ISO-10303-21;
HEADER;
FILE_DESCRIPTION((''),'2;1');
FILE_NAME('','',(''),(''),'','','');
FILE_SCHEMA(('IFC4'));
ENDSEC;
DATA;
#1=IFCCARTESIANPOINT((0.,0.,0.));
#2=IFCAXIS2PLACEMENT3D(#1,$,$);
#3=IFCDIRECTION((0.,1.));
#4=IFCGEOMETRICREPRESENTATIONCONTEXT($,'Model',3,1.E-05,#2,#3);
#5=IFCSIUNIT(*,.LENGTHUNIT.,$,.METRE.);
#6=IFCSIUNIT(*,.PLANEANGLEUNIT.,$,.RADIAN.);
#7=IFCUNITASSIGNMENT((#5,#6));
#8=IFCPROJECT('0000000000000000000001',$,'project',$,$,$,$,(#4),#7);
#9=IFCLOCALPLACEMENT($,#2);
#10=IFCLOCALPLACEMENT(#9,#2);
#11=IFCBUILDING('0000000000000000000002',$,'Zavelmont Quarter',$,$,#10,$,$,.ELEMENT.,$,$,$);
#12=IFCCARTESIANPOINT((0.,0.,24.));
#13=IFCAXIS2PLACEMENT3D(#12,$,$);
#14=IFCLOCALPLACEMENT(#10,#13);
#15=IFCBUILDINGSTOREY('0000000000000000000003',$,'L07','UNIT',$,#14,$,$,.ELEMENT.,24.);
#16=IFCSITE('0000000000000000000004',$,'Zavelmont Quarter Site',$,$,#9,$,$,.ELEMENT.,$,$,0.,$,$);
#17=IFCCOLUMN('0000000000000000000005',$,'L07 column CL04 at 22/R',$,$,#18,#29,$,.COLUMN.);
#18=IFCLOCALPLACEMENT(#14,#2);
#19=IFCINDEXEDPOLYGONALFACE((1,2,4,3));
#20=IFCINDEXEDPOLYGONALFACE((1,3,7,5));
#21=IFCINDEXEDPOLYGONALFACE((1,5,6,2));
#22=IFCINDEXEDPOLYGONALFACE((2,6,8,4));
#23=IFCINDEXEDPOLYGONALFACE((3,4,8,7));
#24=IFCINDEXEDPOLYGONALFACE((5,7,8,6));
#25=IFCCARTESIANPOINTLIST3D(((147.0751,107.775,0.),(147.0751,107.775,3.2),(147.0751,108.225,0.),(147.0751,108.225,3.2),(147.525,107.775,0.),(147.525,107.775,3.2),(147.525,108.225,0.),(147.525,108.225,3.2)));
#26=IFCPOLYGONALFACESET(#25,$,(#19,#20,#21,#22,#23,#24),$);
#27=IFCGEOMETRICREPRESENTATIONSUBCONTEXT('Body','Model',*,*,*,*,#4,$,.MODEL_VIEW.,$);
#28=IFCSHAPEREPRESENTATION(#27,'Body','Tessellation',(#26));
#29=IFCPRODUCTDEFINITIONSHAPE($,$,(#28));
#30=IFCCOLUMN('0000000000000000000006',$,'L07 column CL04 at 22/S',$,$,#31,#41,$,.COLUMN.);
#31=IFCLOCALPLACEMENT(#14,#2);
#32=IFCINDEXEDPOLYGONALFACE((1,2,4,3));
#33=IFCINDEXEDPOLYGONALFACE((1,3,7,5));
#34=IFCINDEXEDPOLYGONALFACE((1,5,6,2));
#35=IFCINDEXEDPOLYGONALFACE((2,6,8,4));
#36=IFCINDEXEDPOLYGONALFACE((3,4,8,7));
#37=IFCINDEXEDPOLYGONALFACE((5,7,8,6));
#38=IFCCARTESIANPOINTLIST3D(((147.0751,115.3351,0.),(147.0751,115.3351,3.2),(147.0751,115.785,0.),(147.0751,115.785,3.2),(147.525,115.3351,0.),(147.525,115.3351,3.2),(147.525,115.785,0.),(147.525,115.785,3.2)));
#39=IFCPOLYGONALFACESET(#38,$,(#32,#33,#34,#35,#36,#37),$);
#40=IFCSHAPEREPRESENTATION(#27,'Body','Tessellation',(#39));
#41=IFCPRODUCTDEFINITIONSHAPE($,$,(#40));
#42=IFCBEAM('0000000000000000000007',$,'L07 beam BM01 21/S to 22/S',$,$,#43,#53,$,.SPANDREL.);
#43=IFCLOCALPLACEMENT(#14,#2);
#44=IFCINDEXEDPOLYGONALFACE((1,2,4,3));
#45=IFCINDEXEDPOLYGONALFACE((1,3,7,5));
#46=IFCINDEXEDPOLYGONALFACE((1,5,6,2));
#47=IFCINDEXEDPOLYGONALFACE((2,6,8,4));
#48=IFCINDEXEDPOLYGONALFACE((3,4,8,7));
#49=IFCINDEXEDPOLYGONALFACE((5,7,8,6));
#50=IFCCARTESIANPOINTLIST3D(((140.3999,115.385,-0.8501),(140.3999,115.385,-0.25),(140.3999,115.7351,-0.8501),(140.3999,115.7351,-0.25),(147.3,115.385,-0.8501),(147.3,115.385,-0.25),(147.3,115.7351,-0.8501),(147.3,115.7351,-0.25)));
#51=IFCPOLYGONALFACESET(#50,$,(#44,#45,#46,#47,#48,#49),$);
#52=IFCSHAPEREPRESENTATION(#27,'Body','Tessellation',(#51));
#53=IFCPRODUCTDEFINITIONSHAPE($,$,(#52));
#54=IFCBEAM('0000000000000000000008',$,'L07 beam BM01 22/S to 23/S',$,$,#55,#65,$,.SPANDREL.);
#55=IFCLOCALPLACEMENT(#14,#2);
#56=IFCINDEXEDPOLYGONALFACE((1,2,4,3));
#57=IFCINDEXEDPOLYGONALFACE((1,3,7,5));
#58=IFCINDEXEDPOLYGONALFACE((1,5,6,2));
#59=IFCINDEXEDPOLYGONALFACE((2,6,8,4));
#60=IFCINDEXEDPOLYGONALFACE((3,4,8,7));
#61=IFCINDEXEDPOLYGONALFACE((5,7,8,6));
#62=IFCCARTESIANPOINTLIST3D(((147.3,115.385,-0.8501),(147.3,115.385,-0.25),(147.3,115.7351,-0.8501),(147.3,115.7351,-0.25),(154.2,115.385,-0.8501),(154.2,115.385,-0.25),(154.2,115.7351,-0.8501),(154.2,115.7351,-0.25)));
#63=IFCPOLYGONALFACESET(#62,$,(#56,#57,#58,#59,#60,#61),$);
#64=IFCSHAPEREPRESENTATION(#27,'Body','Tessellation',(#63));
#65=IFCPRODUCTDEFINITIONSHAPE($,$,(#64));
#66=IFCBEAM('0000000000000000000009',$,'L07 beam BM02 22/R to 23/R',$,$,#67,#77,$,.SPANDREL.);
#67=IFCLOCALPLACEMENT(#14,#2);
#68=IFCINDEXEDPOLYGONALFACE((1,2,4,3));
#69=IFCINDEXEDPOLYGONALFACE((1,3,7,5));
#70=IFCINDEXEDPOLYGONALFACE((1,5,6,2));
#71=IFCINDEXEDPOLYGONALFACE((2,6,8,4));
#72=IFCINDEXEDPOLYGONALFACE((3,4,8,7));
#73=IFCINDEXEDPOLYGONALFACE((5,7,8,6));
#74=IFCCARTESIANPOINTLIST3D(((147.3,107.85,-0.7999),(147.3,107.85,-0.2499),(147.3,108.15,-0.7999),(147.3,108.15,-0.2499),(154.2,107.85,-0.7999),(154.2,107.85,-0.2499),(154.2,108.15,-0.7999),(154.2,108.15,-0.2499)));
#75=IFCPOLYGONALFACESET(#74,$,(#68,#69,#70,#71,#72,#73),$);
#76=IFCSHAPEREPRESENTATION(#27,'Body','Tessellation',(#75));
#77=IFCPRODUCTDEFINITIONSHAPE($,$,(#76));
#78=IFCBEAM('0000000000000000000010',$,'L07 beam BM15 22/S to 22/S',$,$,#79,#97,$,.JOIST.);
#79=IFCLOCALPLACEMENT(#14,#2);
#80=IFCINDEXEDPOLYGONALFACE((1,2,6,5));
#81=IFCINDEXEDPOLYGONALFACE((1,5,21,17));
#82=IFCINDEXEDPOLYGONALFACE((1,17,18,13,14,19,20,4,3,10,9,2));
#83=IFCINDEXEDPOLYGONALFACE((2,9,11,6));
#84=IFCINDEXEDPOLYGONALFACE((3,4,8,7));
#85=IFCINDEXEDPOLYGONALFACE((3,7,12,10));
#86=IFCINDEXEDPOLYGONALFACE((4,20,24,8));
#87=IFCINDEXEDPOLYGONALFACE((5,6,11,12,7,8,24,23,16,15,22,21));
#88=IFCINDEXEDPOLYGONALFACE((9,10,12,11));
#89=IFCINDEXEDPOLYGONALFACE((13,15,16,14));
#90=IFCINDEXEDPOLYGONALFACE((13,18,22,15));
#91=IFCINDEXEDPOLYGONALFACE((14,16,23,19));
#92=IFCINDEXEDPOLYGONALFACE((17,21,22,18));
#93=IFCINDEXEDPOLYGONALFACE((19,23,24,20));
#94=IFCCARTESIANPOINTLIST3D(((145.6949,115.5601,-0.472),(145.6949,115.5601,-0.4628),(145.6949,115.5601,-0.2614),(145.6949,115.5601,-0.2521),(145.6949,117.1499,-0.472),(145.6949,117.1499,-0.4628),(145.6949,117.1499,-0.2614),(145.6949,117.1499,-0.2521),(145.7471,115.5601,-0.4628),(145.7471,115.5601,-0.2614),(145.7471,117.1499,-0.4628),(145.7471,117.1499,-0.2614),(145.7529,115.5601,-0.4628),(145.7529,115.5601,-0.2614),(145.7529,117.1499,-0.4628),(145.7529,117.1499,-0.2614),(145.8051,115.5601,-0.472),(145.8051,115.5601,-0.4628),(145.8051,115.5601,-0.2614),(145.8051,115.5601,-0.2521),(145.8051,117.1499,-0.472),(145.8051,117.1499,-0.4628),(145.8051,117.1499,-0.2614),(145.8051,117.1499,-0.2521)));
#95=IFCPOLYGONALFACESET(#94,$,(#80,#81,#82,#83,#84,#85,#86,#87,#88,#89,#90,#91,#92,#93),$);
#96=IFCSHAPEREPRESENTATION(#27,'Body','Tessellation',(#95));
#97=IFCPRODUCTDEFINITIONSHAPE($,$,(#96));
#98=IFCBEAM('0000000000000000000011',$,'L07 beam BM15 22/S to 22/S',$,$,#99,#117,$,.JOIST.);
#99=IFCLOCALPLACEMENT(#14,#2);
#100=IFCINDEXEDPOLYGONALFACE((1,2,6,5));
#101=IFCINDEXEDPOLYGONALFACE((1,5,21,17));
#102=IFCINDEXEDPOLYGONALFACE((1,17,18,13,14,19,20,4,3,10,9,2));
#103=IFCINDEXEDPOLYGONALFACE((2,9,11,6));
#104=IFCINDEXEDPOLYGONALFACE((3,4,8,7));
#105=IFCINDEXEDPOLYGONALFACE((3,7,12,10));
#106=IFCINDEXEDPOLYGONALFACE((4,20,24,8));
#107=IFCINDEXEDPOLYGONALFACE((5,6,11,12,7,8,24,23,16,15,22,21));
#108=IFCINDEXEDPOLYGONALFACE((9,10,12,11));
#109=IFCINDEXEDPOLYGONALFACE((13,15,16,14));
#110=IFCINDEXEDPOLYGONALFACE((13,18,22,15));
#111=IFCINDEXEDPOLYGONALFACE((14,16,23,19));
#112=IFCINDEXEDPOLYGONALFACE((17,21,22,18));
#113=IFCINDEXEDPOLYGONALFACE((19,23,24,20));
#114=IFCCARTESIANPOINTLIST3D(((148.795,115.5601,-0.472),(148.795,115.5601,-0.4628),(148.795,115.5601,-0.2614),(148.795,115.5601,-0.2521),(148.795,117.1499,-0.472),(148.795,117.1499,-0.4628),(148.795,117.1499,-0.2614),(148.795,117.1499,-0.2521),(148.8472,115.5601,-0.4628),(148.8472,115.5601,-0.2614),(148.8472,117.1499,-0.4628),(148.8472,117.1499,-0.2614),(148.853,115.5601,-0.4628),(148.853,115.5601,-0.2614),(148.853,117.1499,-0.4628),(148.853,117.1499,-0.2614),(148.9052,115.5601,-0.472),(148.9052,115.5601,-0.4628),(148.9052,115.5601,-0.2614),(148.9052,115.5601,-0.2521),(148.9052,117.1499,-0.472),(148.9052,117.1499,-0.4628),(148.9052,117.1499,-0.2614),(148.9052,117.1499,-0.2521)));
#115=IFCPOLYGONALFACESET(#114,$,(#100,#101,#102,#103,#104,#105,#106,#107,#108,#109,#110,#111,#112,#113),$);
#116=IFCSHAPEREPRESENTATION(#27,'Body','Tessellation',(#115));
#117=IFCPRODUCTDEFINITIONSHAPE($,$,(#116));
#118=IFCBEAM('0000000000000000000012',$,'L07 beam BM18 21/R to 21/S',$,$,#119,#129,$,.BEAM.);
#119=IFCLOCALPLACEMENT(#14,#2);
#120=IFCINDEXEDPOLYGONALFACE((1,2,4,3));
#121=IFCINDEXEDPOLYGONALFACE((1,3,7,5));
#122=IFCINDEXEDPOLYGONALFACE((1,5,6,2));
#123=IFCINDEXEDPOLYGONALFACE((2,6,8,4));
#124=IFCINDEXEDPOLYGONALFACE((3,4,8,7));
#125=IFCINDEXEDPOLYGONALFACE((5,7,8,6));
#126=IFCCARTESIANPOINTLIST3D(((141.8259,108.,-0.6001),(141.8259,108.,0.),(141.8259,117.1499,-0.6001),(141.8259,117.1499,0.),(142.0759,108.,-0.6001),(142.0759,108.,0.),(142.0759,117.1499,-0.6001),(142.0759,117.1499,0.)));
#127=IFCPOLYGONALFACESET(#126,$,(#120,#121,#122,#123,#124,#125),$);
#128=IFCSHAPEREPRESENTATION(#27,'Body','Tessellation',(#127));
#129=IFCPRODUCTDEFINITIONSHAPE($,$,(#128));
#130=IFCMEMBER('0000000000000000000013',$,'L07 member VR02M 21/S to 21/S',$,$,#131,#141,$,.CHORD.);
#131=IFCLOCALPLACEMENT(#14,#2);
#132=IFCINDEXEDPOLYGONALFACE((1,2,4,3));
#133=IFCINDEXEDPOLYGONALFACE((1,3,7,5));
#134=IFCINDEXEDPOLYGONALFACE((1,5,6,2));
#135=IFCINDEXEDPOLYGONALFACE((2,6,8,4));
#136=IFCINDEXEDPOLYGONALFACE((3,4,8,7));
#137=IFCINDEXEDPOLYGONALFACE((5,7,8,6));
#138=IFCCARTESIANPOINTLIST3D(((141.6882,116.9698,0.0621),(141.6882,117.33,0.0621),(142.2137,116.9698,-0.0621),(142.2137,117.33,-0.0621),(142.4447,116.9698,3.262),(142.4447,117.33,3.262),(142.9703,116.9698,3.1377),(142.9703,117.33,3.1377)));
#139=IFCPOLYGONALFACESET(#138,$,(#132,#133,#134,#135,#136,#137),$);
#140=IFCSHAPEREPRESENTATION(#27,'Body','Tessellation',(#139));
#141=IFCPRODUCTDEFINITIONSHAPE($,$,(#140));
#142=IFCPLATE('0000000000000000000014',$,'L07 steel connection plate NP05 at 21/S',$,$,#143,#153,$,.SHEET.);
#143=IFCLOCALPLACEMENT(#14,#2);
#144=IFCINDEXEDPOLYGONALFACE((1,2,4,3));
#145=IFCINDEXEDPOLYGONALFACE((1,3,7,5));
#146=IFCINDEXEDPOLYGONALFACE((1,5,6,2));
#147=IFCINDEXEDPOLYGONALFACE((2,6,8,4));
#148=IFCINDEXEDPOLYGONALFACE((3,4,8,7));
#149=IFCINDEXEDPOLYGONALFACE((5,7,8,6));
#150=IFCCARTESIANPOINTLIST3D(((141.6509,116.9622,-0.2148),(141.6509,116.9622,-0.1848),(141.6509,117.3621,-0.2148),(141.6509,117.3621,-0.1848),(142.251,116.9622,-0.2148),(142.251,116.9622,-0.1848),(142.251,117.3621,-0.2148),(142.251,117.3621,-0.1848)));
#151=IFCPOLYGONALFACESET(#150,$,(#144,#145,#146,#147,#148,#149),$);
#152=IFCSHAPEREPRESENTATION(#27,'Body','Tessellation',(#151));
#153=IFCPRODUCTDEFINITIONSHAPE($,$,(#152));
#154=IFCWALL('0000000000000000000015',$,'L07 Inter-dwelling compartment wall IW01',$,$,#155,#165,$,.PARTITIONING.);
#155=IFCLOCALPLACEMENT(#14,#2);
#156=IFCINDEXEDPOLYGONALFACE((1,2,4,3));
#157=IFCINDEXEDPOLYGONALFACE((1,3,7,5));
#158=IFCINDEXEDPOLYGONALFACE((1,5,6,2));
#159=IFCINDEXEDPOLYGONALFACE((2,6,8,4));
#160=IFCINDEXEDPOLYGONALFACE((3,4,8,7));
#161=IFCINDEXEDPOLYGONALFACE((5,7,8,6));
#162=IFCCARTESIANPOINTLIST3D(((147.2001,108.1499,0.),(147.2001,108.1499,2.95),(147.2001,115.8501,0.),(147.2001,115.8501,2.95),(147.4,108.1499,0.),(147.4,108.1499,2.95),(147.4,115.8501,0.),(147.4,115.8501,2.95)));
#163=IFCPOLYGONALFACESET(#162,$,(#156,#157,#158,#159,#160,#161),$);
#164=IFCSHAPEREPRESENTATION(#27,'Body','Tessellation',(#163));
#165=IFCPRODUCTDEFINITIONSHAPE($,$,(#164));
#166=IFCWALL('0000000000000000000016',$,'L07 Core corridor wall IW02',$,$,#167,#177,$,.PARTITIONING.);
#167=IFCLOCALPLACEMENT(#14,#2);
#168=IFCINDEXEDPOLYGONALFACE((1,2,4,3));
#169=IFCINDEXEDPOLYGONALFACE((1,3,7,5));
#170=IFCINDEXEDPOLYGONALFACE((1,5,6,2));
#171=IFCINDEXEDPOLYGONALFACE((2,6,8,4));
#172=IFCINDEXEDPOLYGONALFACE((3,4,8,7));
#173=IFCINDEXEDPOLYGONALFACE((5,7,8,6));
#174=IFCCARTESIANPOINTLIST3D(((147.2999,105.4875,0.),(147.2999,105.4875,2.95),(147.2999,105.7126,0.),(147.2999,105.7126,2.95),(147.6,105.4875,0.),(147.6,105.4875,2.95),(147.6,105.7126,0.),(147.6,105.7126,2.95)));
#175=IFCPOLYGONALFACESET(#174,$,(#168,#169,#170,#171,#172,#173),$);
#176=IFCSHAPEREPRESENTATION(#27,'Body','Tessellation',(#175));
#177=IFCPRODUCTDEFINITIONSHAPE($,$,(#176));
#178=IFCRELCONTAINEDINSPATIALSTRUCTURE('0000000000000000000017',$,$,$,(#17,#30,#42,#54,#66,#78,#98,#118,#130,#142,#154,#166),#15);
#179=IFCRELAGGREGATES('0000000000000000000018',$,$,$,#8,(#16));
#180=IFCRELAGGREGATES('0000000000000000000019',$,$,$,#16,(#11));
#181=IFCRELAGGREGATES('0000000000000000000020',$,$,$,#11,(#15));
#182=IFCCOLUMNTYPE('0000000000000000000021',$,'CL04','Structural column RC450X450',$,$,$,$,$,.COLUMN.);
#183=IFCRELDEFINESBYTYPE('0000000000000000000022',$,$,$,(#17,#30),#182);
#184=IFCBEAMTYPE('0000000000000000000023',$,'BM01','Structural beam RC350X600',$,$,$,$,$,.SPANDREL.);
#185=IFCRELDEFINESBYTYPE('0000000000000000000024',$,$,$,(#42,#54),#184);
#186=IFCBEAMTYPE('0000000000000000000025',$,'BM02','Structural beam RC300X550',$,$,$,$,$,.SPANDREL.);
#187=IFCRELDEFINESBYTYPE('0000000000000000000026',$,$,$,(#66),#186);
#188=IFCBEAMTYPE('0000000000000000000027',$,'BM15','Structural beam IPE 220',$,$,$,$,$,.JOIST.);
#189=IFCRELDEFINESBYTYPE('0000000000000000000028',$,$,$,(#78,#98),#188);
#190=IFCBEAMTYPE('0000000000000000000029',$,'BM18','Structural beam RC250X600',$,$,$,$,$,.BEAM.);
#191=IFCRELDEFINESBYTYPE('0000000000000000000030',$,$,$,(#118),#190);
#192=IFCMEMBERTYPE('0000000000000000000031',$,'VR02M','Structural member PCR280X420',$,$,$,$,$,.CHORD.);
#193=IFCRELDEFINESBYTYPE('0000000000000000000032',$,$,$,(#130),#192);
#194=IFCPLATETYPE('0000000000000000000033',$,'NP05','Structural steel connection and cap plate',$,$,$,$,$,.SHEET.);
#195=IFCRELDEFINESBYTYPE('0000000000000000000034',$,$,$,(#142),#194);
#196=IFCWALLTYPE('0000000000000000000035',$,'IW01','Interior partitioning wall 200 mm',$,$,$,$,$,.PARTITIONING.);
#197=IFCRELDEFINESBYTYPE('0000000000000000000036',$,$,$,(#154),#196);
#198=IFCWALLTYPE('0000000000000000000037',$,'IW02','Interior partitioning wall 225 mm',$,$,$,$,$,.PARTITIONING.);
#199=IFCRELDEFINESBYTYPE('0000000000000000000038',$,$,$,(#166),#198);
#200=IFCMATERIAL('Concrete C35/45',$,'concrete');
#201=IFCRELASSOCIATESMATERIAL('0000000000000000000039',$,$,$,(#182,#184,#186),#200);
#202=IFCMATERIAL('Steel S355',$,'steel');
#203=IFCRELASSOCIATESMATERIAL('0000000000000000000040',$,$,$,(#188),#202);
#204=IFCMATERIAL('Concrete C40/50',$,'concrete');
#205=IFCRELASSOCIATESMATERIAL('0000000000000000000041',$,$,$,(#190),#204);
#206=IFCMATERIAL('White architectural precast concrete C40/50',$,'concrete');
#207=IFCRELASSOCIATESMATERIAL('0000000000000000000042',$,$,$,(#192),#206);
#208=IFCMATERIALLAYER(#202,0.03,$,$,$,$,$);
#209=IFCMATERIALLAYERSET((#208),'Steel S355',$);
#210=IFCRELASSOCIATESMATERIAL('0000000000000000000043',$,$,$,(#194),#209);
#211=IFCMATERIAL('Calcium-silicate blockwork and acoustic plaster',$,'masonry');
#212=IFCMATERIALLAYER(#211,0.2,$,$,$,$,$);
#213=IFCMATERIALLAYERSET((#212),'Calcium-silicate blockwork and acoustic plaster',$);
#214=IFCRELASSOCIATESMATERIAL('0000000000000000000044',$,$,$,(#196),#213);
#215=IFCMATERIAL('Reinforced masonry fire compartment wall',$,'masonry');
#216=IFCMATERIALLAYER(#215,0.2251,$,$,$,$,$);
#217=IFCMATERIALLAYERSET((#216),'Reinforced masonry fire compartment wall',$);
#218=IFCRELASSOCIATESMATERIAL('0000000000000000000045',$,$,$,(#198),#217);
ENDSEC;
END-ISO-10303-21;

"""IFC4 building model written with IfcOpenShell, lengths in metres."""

from ifc_helpers import new_model, si_unit, direction, frame, frame_2d, origin, origin_2d, place, context, subcontext, project, spatial, rectangle, i_section, extrude, material, layer, layer_set, material_profile, profile_set, type_object, element, save


model = new_model("IFC4")

# Units and contexts
model_context = context("Model", 3, precision=1e-05, world=origin(), true_north=direction((0.0, 1.0)))
body_context = subcontext(model_context, "Body", "Model", "MODEL_VIEW")
ifc_project = project(units=[si_unit("LENGTHUNIT", "METRE"), si_unit("PLANEANGLEUNIT", "RADIAN")], contexts=[model_context])

# Site, building, storey
site_placement = place(None, origin())
site = spatial("IfcSite", under=ifc_project, at=site_placement, Name="Zavelmont Quarter Site", CompositionType="ELEMENT", RefElevation=0.0)
building_placement = place(site_placement, origin())
building = spatial("IfcBuilding", under=site, at=building_placement, Name="Zavelmont Quarter", CompositionType="ELEMENT")
storey_placement = place(building_placement, frame((0.0, 0.0, 24.0)))
storey = spatial("IfcBuildingStorey", under=building, at=storey_placement, Name="L07", Description="UNIT", CompositionType="ELEMENT", Elevation=24.0)

# Columns
ifc_material_1 = material(Name="Concrete C35/45", Category="concrete")
ifc_material_profile_1 = material_profile(ifc_material_1, rectangle(XDim=0.45, YDim=0.45, at=origin_2d()), Name="RC450X450")
ifc_profile_set_1 = profile_set([ifc_material_profile_1], Name="Concrete C35/45")
column_type = type_object("IfcColumnType", Name="CL04", Description="Structural column RC450X450", PredefinedType="COLUMN", material=ifc_profile_set_1)
for number, where, z_axis, x_axis, name in (
    (1, (147.3, 108.0, 0.0), (0.0, 0.0, 1.0), (1.0, 0.0, 0.0), "L07 column CL04 at 22/R"),
    (2, (147.3, 115.5601, 0.0), (0.0, 0.0, 1.0), (1.0, 0.0, 0.0), "L07 column CL04 at 22/S"),
):
    element("IfcColumn", number, at=place(storey_placement, frame(where, z_axis=z_axis, x_axis=x_axis)), inside=storey, type_object=column_type, Name=name, PredefinedType="COLUMN", context=body_context, shape_type="SweptSolid", body=[
        extrude(rectangle(XDim=0.45, YDim=0.45, at=origin_2d()), origin(), (0.0, 0.0, 1.0), 3.2),
    ])

# Beams
ifc_material_profile_2 = material_profile(ifc_material_1, rectangle(XDim=0.3501, YDim=0.6001, at=origin_2d()), Name="RC350X600")
ifc_profile_set_2 = profile_set([ifc_material_profile_2], Name="Concrete C35/45")
beam_type_1 = type_object("IfcBeamType", Name="BM01", Description="Structural beam RC350X600", PredefinedType="SPANDREL", material=ifc_profile_set_2)
beam_1_placement = place(storey_placement, frame((140.3999, 115.5601, -0.55), z_axis=(1.0, 0.0, 0.0), x_axis=(0.0, 1.0, 0.0)))
element("IfcBeam", 3, at=beam_1_placement, inside=storey, type_object=beam_type_1, Name="L07 beam BM01 21/S to 22/S", PredefinedType="SPANDREL", context=body_context, shape_type="SweptSolid", body=[
    extrude(rectangle(XDim=0.3501, YDim=0.6001, at=origin_2d()), origin(), (0.0, 0.0, 1.0), 6.9001),
])
beam_2_placement = place(storey_placement, frame((147.3, 115.5601, -0.55), z_axis=(1.0, 0.0, 0.0), x_axis=(0.0, 1.0, 0.0)))
element("IfcBeam", 4, at=beam_2_placement, inside=storey, type_object=beam_type_1, Name="L07 beam BM01 22/S to 23/S", PredefinedType="SPANDREL", context=body_context, shape_type="SweptSolid", body=[
    extrude(rectangle(XDim=0.3501, YDim=0.6001, at=origin_2d()), origin(), (0.0, 0.0, 1.0), 6.8999),
])
ifc_material_profile_3 = material_profile(ifc_material_1, rectangle(XDim=0.3, YDim=0.55, at=origin_2d()), Name="RC300X550")
ifc_profile_set_3 = profile_set([ifc_material_profile_3], Name="Concrete C35/45")
beam_type_2 = type_object("IfcBeamType", Name="BM02", Description="Structural beam RC300X550", PredefinedType="SPANDREL", material=ifc_profile_set_3)
beam_3_placement = place(storey_placement, frame((147.3, 108.0, -0.5249), z_axis=(1.0, 0.0, 0.0), x_axis=(0.0, 1.0, 0.0)))
element("IfcBeam", 5, at=beam_3_placement, inside=storey, type_object=beam_type_2, Name="L07 beam BM02 22/R to 23/R", PredefinedType="SPANDREL", context=body_context, shape_type="SweptSolid", body=[
    extrude(rectangle(XDim=0.3, YDim=0.55, at=origin_2d()), origin(), (0.0, 0.0, 1.0), 6.8999),
])
ifc_material_2 = material(Name="Steel S355", Category="steel")
ifc_material_profile_4 = material_profile(ifc_material_2, i_section(OverallWidth=0.1101, OverallDepth=0.22, WebThickness=0.0059, FlangeThickness=0.0093, at=origin_2d()), Name="IPE 220")
ifc_profile_set_4 = profile_set([ifc_material_profile_4], Name="Steel S355")
beam_type_3 = type_object("IfcBeamType", Name="BM15", Description="Structural beam IPE 220", PredefinedType="JOIST", material=ifc_profile_set_4)
for number, where, z_axis, x_axis, name in (
    (6, (145.75, 115.5601, -0.3621), (0.0, 1.0, 0.0), (-1.0, 0.0, 0.0), "L07 beam BM15 22/S to 22/S"),
    (7, (148.8501, 115.5601, -0.3621), (0.0, 1.0, 0.0), (-1.0, 0.0, 0.0), "L07 beam BM15 22/S to 22/S"),
):
    element("IfcBeam", number, at=place(storey_placement, frame(where, z_axis=z_axis, x_axis=x_axis)), inside=storey, type_object=beam_type_3, Name=name, PredefinedType="JOIST", context=body_context, shape_type="SweptSolid", body=[
        extrude(i_section(OverallWidth=0.1101, OverallDepth=0.22, WebThickness=0.0059, FlangeThickness=0.0093, at=origin_2d()), origin(), (0.0, 0.0, 1.0), 1.5898),
    ])
ifc_material_3 = material(Name="Concrete C40/50", Category="concrete")
ifc_material_profile_5 = material_profile(ifc_material_3, rectangle(XDim=0.25, YDim=0.6001, at=origin_2d()), Name="RC250X600")
ifc_profile_set_5 = profile_set([ifc_material_profile_5], Name="Concrete C40/50")
beam_type_4 = type_object("IfcBeamType", Name="BM18", Description="Structural beam RC250X600", PredefinedType="BEAM", material=ifc_profile_set_5)
beam_4_placement = place(storey_placement, frame((141.9509, 108.0, -0.3), z_axis=(0.0, 1.0, 0.0), x_axis=(-1.0, 0.0, 0.0)))
element("IfcBeam", 8, at=beam_4_placement, inside=storey, type_object=beam_type_4, Name="L07 beam BM18 21/R to 21/S", PredefinedType="BEAM", context=body_context, shape_type="SweptSolid", body=[
    extrude(rectangle(XDim=0.25, YDim=0.6001, at=origin_2d()), origin(), (0.0, 0.0, 1.0), 9.1499),
])

# Member
ifc_material_4 = material(Name="White architectural precast concrete C40/50", Category="concrete")
ifc_material_profile_6 = material_profile(ifc_material_4, rectangle(XDim=0.3601, YDim=0.54, at=origin_2d()), Name="PCR280X420")
ifc_profile_set_6 = profile_set([ifc_material_profile_6], Name="White architectural precast concrete C40/50")
member_type = type_object("IfcMemberType", Name="VR02M", Description="Structural member PCR280X420", PredefinedType="CHORD", material=ifc_profile_set_6)
member_placement = place(storey_placement, frame((141.9509, 117.1499, 0.0), z_axis=(0.230094, 0.0, 0.973168), x_axis=(0.0, 1.0, 0.0)))
element("IfcMember", 9, at=member_placement, inside=storey, type_object=member_type, Name="L07 member VR02M 21/S to 21/S", PredefinedType="CHORD", context=body_context, shape_type="SweptSolid", body=[
    extrude(rectangle(XDim=0.3601, YDim=0.54, at=origin_2d()), origin(), (0.0, 0.0, 1.0), 3.2881),
])

# Plate
ifc_layer_1 = layer(ifc_material_2, 0.03)
ifc_layer_set_1 = layer_set([ifc_layer_1], Name="Steel S355")
plate_type = type_object("IfcPlateType", Name="NP05", Description="Structural steel connection and cap plate", PredefinedType="SHEET", material=ifc_layer_set_1)
plate_placement = place(storey_placement, frame((141.9509, 117.1621, -0.2148), z_axis=(0.0, 0.0, 1.0), x_axis=(1.0, 0.0, 0.0)))
element("IfcPlate", 10, at=plate_placement, inside=storey, type_object=plate_type, Name="L07 steel connection plate NP05 at 21/S", PredefinedType="SHEET", context=body_context, shape_type="SweptSolid", body=[
    extrude(rectangle(XDim=0.6001, YDim=0.3999, at=origin_2d()), origin(), (0.0, 0.0, 1.0), 0.03),
])

# Wall
ifc_material_5 = material(Name="Calcium-silicate blockwork and acoustic plaster", Category="masonry")
ifc_layer_2 = layer(ifc_material_5, 0.2)
ifc_layer_set_2 = layer_set([ifc_layer_2], Name="Calcium-silicate blockwork and acoustic plaster")
wall_type_1 = type_object("IfcWallType", Name="IW01", Description="Interior partitioning wall 200 mm", PredefinedType="PARTITIONING", material=ifc_layer_set_2)
wall_1_placement = place(storey_placement, frame((147.3, 108.1499, 0.0), z_axis=(0.0, 0.0, 1.0), x_axis=(0.0, 1.0, 0.0)))
element("IfcWall", 11, at=wall_1_placement, inside=storey, type_object=wall_type_1, Name="L07 Inter-dwelling compartment wall IW01", PredefinedType="PARTITIONING", context=body_context, shape_type="SweptSolid", body=[
    extrude(rectangle(XDim=7.7002, YDim=0.2, at=frame_2d((3.8501, 0.0))), origin(), (0.0, 0.0, 1.0), 2.95),
])

# Wall
ifc_material_6 = material(Name="Reinforced masonry fire compartment wall", Category="masonry")
ifc_layer_3 = layer(ifc_material_6, 0.2251)
ifc_layer_set_3 = layer_set([ifc_layer_3], Name="Reinforced masonry fire compartment wall")
wall_type_2 = type_object("IfcWallType", Name="IW02", Description="Interior partitioning wall 225 mm", PredefinedType="PARTITIONING", material=ifc_layer_set_3)
wall_2_placement = place(storey_placement, frame((147.3, 105.6001, 0.0), z_axis=(0.0, 0.0, 1.0), x_axis=(1.0, 0.0, 0.0)))
element("IfcWall", 12, at=wall_2_placement, inside=storey, type_object=wall_type_2, Name="L07 Core corridor wall IW02", PredefinedType="PARTITIONING", context=body_context, shape_type="SweptSolid", body=[
    extrude(rectangle(XDim=0.3, YDim=0.2251, at=frame_2d((0.1499, 0.0))), origin(), (0.0, 0.0, 1.0), 2.95),
])

save(model, "model.ifc")
